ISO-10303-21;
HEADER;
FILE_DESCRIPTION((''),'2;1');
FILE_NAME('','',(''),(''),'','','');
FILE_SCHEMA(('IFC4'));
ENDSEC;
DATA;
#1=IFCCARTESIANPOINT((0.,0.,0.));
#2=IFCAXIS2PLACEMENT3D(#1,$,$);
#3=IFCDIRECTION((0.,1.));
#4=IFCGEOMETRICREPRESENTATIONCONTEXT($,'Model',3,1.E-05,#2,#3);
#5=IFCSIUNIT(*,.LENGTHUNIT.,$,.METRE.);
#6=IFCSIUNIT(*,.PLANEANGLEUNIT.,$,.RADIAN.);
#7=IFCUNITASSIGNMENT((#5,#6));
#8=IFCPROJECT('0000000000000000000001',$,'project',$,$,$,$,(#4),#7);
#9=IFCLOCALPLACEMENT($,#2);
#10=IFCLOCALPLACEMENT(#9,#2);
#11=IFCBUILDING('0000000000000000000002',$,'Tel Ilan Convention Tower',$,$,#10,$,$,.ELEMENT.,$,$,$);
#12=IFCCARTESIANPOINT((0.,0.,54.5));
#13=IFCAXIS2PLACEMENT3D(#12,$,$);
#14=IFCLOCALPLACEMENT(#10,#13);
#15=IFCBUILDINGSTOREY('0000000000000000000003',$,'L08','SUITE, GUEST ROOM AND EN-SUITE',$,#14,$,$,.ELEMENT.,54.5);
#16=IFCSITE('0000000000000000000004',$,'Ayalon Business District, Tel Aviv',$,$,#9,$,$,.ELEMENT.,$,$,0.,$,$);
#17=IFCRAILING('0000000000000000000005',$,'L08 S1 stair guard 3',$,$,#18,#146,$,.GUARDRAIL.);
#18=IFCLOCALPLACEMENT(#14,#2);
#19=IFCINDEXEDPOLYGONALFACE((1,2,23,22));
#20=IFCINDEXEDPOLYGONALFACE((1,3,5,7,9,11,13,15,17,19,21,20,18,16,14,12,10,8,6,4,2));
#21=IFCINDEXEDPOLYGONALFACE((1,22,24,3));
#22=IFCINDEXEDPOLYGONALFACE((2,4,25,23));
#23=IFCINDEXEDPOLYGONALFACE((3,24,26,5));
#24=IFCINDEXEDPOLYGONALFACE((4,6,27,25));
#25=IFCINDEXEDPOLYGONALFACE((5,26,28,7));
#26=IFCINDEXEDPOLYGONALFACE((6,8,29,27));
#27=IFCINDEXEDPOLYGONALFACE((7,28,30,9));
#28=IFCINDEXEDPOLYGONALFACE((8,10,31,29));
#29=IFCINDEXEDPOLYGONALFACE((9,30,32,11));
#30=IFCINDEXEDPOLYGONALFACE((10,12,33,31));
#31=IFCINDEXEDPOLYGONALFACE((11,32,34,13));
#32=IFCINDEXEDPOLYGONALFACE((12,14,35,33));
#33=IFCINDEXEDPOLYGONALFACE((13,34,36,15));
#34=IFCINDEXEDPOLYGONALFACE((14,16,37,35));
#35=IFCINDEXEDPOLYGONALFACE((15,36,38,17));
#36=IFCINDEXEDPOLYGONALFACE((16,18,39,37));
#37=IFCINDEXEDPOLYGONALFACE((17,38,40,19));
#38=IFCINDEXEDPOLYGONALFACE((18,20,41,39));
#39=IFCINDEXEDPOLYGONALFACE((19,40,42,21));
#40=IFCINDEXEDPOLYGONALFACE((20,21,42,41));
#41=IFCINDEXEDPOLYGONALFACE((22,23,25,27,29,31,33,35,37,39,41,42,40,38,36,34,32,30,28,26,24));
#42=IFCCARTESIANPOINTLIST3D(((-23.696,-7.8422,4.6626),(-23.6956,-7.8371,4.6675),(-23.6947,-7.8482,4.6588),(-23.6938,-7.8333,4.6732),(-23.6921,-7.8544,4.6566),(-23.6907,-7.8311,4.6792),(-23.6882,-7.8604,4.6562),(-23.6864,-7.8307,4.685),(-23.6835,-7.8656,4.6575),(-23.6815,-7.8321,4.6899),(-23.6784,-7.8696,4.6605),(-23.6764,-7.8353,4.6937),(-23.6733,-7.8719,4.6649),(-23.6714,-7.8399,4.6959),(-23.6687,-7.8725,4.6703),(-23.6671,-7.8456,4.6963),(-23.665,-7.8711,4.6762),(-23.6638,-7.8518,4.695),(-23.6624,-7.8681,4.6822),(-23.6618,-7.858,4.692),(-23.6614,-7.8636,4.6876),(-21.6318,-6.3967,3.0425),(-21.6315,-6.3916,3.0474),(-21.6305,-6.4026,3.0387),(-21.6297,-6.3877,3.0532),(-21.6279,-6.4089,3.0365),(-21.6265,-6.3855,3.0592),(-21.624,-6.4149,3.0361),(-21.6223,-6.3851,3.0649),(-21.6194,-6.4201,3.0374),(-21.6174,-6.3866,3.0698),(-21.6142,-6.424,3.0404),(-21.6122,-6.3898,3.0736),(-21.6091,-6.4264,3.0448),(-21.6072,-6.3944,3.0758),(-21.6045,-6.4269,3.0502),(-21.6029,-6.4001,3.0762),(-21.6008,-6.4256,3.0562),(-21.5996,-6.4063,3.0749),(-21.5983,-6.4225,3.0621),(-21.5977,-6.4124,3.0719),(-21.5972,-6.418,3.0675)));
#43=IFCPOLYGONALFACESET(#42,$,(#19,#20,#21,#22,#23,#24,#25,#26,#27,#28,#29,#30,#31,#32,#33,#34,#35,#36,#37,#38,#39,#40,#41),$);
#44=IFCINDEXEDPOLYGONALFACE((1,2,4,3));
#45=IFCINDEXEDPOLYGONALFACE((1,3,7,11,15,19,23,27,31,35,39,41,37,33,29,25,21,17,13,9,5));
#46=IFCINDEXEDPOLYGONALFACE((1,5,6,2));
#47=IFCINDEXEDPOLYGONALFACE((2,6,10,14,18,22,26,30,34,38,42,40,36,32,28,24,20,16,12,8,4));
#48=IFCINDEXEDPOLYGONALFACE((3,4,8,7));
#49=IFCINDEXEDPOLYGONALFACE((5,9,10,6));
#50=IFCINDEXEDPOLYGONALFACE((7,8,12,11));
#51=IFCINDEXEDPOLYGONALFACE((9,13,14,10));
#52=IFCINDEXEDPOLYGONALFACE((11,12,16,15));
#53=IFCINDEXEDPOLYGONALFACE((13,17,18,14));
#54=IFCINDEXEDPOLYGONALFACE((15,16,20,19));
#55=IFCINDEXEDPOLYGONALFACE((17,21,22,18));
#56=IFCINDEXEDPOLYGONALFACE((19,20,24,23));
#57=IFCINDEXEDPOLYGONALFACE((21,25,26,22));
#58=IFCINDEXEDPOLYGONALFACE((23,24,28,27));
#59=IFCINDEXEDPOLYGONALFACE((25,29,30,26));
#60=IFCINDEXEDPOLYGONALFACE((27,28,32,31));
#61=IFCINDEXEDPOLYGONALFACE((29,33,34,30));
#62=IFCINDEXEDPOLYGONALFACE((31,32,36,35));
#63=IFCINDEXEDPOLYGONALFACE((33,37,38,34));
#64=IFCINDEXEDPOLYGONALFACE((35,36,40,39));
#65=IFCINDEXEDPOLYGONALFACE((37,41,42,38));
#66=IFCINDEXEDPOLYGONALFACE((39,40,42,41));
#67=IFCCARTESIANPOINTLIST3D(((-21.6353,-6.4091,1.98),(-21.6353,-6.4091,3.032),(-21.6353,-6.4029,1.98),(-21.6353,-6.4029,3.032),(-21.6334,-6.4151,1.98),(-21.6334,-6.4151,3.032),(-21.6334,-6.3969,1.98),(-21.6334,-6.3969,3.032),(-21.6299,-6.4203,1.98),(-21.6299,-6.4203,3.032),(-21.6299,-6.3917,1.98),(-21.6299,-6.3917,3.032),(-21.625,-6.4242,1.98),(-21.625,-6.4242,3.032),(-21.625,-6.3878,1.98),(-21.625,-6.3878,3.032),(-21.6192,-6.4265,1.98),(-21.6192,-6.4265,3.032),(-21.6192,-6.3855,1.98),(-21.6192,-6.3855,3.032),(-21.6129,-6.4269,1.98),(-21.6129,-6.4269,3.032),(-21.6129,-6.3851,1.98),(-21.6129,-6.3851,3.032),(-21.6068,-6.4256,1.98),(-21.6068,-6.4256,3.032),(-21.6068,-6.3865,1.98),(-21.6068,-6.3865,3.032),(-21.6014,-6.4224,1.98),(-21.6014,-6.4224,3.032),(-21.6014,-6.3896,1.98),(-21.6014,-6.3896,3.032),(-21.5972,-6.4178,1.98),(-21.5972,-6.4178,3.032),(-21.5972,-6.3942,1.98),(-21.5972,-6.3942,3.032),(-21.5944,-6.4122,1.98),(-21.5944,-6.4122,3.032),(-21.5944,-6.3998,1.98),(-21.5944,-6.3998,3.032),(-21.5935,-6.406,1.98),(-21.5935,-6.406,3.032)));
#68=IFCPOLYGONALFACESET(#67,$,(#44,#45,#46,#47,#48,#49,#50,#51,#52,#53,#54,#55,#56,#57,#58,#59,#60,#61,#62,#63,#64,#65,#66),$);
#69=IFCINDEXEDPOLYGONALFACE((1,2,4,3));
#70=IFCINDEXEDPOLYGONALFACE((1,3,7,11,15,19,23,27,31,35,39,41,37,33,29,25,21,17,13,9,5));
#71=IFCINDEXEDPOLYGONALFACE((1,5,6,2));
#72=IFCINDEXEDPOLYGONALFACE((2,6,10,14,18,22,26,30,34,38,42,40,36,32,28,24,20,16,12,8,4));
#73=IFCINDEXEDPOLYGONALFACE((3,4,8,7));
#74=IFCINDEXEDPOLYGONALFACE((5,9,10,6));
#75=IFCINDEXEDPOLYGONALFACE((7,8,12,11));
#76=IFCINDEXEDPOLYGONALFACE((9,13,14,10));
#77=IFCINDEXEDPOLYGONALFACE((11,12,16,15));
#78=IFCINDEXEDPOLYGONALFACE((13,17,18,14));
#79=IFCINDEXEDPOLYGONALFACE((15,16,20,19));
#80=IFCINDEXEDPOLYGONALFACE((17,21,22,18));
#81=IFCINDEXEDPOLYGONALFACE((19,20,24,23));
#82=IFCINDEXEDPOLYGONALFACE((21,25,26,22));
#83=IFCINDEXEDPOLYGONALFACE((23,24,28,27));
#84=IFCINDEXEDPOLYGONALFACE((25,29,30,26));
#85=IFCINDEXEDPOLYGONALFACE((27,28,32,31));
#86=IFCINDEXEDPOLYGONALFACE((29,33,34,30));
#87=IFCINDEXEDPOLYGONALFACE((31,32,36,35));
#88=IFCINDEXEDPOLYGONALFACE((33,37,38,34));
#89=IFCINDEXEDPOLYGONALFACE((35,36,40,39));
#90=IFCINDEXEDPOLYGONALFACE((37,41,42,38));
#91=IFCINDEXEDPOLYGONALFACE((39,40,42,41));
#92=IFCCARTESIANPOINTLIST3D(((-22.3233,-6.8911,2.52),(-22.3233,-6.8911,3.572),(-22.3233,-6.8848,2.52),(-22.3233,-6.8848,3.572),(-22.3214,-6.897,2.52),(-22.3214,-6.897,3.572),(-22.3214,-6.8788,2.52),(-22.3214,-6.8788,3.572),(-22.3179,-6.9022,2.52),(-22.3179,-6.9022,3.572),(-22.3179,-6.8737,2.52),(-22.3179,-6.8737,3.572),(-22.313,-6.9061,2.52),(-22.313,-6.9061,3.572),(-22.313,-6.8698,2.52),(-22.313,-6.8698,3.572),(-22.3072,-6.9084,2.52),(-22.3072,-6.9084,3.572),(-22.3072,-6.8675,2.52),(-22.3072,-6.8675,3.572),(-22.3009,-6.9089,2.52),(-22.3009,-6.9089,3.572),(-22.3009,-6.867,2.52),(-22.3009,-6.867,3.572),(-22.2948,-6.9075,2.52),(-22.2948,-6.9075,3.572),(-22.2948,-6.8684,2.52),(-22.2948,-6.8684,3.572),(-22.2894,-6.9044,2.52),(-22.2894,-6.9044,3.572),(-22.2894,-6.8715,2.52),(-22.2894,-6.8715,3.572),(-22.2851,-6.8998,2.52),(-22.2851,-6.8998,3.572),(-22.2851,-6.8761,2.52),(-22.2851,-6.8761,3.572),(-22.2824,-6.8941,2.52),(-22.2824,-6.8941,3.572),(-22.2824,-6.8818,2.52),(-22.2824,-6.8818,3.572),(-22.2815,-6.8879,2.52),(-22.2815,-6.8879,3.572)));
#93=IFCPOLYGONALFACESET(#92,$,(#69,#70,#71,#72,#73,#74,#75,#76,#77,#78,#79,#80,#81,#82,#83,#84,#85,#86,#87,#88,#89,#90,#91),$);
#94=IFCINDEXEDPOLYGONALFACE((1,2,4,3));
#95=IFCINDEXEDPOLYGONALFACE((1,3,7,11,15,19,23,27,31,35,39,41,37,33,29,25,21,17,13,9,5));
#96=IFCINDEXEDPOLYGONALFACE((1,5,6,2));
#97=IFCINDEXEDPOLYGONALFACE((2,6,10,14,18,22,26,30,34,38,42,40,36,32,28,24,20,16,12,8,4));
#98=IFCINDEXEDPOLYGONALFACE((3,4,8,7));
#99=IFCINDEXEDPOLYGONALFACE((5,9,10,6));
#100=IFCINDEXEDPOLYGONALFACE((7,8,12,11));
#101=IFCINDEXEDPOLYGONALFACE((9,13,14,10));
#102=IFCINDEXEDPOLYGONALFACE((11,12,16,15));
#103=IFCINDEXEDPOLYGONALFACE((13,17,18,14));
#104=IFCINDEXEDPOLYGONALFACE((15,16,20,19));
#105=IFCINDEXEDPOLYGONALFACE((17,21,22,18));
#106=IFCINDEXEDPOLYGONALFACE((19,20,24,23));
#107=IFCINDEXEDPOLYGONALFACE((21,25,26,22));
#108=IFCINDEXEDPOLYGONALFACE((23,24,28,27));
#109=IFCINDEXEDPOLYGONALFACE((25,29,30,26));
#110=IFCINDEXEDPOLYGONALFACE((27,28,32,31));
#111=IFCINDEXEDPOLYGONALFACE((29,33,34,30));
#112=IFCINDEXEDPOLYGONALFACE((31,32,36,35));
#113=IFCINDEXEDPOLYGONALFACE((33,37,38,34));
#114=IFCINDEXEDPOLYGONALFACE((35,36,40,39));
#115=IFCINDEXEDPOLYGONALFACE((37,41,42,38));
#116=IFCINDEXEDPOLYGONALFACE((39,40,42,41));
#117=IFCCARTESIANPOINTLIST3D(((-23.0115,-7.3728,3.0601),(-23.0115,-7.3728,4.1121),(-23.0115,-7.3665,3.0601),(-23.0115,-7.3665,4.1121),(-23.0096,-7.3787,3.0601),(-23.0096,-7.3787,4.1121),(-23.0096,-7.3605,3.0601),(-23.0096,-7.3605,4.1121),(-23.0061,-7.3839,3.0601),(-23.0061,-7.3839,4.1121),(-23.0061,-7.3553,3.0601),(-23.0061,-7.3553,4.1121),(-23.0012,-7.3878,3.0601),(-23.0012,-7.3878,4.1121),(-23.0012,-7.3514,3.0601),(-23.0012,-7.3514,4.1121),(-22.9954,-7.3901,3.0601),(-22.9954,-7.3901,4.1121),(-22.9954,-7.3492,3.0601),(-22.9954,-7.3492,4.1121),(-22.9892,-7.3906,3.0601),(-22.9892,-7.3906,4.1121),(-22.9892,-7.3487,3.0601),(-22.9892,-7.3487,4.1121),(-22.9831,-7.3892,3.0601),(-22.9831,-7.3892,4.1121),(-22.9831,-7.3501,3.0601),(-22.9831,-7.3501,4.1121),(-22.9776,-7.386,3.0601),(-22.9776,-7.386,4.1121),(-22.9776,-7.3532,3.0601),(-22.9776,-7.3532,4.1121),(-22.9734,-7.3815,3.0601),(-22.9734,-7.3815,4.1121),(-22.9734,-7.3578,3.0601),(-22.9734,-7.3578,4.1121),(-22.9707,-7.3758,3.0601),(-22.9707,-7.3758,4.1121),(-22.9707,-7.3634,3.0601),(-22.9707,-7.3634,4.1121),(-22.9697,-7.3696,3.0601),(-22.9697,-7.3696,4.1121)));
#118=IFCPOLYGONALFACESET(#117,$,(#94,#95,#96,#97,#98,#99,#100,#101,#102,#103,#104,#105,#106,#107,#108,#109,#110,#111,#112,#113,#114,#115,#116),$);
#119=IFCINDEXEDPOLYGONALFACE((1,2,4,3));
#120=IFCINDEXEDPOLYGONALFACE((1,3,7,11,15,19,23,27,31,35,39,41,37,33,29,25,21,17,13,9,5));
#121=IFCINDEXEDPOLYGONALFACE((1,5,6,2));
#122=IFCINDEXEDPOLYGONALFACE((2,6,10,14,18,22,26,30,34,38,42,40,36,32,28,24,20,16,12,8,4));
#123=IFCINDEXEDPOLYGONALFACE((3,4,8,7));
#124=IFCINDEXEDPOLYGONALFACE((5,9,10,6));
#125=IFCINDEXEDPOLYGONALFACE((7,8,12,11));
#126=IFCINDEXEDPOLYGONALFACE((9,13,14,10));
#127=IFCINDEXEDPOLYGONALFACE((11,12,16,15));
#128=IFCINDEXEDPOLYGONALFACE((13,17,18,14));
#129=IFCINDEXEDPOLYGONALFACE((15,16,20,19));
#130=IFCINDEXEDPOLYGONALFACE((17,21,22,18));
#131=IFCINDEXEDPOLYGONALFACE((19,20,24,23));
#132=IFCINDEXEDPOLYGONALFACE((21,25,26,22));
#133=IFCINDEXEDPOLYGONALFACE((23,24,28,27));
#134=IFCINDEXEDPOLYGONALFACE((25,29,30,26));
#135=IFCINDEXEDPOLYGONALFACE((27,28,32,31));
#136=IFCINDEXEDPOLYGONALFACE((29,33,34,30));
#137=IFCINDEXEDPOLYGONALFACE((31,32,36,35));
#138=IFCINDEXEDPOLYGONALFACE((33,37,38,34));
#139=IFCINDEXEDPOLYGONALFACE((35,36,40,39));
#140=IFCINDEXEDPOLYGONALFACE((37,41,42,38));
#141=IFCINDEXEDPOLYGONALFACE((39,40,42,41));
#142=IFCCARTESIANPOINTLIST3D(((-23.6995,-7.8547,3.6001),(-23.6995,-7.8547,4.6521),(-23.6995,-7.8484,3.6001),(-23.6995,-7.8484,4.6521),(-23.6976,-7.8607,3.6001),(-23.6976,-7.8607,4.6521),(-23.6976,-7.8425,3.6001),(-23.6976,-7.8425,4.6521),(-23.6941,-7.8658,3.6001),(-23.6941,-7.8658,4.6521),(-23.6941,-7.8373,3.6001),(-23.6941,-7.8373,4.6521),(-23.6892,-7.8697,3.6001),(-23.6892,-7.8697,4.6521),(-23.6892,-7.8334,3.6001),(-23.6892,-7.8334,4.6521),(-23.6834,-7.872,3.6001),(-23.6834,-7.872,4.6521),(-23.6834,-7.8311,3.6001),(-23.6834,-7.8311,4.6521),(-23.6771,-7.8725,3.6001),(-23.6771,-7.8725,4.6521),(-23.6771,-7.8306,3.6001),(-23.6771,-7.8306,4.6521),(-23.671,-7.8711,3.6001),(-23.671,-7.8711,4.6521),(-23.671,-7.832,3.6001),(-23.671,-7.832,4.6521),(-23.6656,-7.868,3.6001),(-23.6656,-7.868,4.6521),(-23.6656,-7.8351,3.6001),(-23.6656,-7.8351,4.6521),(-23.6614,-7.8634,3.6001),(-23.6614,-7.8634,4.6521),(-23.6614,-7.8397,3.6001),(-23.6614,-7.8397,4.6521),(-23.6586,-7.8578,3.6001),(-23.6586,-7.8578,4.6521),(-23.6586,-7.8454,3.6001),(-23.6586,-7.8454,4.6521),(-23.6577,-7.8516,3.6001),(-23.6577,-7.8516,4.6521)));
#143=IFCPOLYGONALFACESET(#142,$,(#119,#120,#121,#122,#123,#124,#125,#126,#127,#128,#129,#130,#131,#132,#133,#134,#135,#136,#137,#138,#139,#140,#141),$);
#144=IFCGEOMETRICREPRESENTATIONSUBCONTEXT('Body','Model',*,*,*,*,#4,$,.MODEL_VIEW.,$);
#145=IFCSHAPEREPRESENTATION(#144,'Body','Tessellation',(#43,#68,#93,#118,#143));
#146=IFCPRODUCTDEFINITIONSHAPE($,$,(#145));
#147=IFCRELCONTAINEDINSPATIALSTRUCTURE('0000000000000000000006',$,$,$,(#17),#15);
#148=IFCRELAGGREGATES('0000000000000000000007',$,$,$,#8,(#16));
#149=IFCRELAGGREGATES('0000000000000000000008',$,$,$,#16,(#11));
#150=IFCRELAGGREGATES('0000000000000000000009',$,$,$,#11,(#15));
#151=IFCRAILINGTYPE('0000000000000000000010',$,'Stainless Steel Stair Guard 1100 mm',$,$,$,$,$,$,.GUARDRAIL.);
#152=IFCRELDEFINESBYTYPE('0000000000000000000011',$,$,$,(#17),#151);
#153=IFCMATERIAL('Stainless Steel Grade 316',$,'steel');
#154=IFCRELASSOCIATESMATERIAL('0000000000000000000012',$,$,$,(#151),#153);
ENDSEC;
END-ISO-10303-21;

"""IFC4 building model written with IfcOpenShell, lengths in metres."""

from ifc_helpers import new_model, si_unit, direction, frame, origin, origin_2d, place, context, subcontext, project, spatial, circle, extrude, material, type_object, element, save


model = new_model("IFC4")

# Units and contexts
model_context = context("Model", 3, precision=1e-05, world=origin(), true_north=direction((0.0, 1.0)))
body_context = subcontext(model_context, "Body", "Model", "MODEL_VIEW")
ifc_project = project(units=[si_unit("LENGTHUNIT", "METRE"), si_unit("PLANEANGLEUNIT", "RADIAN")], contexts=[model_context])

# Site, building, storey
site_placement = place(None, origin())
site = spatial("IfcSite", under=ifc_project, at=site_placement, Name="Ayalon Business District, Tel Aviv", CompositionType="ELEMENT", RefElevation=0.0)
building_placement = place(site_placement, origin())
building = spatial("IfcBuilding", under=site, at=building_placement, Name="Tel Ilan Convention Tower", CompositionType="ELEMENT")
storey_placement = place(building_placement, frame((0.0, 0.0, 54.5)))
storey = spatial("IfcBuildingStorey", under=building, at=storey_placement, Name="L08", Description="SUITE, GUEST ROOM AND EN-SUITE", CompositionType="ELEMENT", Elevation=54.5)

# Railing
ifc_material_1 = material(Name="Stainless Steel Grade 316", Category="steel")
railing_type_1 = type_object("IfcRailingType", Name="Stainless Steel Stair Guard 1100 mm", PredefinedType="GUARDRAIL", material=ifc_material_1)
railing_1_placement = place(storey_placement, frame((-21.6145, -6.406, 1.98)))
element("IfcRailing", 1, at=railing_1_placement, inside=storey, type_object=railing_type_1, Name="L08 S1 stair guard 3", PredefinedType="GUARDRAIL", context=body_context, shape_type="SweptSolid", body=[
    extrude(circle(Radius=0.0239, at=origin_2d()), frame((0.0, 0.0, 1.0762), z_axis=(-0.689013, -0.482513, 0.540779), x_axis=(0.573625, -0.819118, 0.0)), (0.0, 0.0, 1.0), 2.9958),
    extrude(circle(Radius=0.021, at=origin_2d()), origin(), (0.0, 0.0, 1.0), 1.052),
    extrude(circle(Radius=0.021, at=origin_2d()), frame((-0.688, -0.4819, 0.54)), (0.0, 0.0, 1.0), 1.052),
    extrude(circle(Radius=0.021, at=origin_2d()), frame((-1.3762, -0.9636, 1.0801)), (0.0, 0.0, 1.0), 1.052),
    extrude(circle(Radius=0.021, at=origin_2d()), frame((-2.0642, -1.4456, 1.6201)), (0.0, 0.0, 1.0), 1.052),
])

save(model, "model.ifc")
